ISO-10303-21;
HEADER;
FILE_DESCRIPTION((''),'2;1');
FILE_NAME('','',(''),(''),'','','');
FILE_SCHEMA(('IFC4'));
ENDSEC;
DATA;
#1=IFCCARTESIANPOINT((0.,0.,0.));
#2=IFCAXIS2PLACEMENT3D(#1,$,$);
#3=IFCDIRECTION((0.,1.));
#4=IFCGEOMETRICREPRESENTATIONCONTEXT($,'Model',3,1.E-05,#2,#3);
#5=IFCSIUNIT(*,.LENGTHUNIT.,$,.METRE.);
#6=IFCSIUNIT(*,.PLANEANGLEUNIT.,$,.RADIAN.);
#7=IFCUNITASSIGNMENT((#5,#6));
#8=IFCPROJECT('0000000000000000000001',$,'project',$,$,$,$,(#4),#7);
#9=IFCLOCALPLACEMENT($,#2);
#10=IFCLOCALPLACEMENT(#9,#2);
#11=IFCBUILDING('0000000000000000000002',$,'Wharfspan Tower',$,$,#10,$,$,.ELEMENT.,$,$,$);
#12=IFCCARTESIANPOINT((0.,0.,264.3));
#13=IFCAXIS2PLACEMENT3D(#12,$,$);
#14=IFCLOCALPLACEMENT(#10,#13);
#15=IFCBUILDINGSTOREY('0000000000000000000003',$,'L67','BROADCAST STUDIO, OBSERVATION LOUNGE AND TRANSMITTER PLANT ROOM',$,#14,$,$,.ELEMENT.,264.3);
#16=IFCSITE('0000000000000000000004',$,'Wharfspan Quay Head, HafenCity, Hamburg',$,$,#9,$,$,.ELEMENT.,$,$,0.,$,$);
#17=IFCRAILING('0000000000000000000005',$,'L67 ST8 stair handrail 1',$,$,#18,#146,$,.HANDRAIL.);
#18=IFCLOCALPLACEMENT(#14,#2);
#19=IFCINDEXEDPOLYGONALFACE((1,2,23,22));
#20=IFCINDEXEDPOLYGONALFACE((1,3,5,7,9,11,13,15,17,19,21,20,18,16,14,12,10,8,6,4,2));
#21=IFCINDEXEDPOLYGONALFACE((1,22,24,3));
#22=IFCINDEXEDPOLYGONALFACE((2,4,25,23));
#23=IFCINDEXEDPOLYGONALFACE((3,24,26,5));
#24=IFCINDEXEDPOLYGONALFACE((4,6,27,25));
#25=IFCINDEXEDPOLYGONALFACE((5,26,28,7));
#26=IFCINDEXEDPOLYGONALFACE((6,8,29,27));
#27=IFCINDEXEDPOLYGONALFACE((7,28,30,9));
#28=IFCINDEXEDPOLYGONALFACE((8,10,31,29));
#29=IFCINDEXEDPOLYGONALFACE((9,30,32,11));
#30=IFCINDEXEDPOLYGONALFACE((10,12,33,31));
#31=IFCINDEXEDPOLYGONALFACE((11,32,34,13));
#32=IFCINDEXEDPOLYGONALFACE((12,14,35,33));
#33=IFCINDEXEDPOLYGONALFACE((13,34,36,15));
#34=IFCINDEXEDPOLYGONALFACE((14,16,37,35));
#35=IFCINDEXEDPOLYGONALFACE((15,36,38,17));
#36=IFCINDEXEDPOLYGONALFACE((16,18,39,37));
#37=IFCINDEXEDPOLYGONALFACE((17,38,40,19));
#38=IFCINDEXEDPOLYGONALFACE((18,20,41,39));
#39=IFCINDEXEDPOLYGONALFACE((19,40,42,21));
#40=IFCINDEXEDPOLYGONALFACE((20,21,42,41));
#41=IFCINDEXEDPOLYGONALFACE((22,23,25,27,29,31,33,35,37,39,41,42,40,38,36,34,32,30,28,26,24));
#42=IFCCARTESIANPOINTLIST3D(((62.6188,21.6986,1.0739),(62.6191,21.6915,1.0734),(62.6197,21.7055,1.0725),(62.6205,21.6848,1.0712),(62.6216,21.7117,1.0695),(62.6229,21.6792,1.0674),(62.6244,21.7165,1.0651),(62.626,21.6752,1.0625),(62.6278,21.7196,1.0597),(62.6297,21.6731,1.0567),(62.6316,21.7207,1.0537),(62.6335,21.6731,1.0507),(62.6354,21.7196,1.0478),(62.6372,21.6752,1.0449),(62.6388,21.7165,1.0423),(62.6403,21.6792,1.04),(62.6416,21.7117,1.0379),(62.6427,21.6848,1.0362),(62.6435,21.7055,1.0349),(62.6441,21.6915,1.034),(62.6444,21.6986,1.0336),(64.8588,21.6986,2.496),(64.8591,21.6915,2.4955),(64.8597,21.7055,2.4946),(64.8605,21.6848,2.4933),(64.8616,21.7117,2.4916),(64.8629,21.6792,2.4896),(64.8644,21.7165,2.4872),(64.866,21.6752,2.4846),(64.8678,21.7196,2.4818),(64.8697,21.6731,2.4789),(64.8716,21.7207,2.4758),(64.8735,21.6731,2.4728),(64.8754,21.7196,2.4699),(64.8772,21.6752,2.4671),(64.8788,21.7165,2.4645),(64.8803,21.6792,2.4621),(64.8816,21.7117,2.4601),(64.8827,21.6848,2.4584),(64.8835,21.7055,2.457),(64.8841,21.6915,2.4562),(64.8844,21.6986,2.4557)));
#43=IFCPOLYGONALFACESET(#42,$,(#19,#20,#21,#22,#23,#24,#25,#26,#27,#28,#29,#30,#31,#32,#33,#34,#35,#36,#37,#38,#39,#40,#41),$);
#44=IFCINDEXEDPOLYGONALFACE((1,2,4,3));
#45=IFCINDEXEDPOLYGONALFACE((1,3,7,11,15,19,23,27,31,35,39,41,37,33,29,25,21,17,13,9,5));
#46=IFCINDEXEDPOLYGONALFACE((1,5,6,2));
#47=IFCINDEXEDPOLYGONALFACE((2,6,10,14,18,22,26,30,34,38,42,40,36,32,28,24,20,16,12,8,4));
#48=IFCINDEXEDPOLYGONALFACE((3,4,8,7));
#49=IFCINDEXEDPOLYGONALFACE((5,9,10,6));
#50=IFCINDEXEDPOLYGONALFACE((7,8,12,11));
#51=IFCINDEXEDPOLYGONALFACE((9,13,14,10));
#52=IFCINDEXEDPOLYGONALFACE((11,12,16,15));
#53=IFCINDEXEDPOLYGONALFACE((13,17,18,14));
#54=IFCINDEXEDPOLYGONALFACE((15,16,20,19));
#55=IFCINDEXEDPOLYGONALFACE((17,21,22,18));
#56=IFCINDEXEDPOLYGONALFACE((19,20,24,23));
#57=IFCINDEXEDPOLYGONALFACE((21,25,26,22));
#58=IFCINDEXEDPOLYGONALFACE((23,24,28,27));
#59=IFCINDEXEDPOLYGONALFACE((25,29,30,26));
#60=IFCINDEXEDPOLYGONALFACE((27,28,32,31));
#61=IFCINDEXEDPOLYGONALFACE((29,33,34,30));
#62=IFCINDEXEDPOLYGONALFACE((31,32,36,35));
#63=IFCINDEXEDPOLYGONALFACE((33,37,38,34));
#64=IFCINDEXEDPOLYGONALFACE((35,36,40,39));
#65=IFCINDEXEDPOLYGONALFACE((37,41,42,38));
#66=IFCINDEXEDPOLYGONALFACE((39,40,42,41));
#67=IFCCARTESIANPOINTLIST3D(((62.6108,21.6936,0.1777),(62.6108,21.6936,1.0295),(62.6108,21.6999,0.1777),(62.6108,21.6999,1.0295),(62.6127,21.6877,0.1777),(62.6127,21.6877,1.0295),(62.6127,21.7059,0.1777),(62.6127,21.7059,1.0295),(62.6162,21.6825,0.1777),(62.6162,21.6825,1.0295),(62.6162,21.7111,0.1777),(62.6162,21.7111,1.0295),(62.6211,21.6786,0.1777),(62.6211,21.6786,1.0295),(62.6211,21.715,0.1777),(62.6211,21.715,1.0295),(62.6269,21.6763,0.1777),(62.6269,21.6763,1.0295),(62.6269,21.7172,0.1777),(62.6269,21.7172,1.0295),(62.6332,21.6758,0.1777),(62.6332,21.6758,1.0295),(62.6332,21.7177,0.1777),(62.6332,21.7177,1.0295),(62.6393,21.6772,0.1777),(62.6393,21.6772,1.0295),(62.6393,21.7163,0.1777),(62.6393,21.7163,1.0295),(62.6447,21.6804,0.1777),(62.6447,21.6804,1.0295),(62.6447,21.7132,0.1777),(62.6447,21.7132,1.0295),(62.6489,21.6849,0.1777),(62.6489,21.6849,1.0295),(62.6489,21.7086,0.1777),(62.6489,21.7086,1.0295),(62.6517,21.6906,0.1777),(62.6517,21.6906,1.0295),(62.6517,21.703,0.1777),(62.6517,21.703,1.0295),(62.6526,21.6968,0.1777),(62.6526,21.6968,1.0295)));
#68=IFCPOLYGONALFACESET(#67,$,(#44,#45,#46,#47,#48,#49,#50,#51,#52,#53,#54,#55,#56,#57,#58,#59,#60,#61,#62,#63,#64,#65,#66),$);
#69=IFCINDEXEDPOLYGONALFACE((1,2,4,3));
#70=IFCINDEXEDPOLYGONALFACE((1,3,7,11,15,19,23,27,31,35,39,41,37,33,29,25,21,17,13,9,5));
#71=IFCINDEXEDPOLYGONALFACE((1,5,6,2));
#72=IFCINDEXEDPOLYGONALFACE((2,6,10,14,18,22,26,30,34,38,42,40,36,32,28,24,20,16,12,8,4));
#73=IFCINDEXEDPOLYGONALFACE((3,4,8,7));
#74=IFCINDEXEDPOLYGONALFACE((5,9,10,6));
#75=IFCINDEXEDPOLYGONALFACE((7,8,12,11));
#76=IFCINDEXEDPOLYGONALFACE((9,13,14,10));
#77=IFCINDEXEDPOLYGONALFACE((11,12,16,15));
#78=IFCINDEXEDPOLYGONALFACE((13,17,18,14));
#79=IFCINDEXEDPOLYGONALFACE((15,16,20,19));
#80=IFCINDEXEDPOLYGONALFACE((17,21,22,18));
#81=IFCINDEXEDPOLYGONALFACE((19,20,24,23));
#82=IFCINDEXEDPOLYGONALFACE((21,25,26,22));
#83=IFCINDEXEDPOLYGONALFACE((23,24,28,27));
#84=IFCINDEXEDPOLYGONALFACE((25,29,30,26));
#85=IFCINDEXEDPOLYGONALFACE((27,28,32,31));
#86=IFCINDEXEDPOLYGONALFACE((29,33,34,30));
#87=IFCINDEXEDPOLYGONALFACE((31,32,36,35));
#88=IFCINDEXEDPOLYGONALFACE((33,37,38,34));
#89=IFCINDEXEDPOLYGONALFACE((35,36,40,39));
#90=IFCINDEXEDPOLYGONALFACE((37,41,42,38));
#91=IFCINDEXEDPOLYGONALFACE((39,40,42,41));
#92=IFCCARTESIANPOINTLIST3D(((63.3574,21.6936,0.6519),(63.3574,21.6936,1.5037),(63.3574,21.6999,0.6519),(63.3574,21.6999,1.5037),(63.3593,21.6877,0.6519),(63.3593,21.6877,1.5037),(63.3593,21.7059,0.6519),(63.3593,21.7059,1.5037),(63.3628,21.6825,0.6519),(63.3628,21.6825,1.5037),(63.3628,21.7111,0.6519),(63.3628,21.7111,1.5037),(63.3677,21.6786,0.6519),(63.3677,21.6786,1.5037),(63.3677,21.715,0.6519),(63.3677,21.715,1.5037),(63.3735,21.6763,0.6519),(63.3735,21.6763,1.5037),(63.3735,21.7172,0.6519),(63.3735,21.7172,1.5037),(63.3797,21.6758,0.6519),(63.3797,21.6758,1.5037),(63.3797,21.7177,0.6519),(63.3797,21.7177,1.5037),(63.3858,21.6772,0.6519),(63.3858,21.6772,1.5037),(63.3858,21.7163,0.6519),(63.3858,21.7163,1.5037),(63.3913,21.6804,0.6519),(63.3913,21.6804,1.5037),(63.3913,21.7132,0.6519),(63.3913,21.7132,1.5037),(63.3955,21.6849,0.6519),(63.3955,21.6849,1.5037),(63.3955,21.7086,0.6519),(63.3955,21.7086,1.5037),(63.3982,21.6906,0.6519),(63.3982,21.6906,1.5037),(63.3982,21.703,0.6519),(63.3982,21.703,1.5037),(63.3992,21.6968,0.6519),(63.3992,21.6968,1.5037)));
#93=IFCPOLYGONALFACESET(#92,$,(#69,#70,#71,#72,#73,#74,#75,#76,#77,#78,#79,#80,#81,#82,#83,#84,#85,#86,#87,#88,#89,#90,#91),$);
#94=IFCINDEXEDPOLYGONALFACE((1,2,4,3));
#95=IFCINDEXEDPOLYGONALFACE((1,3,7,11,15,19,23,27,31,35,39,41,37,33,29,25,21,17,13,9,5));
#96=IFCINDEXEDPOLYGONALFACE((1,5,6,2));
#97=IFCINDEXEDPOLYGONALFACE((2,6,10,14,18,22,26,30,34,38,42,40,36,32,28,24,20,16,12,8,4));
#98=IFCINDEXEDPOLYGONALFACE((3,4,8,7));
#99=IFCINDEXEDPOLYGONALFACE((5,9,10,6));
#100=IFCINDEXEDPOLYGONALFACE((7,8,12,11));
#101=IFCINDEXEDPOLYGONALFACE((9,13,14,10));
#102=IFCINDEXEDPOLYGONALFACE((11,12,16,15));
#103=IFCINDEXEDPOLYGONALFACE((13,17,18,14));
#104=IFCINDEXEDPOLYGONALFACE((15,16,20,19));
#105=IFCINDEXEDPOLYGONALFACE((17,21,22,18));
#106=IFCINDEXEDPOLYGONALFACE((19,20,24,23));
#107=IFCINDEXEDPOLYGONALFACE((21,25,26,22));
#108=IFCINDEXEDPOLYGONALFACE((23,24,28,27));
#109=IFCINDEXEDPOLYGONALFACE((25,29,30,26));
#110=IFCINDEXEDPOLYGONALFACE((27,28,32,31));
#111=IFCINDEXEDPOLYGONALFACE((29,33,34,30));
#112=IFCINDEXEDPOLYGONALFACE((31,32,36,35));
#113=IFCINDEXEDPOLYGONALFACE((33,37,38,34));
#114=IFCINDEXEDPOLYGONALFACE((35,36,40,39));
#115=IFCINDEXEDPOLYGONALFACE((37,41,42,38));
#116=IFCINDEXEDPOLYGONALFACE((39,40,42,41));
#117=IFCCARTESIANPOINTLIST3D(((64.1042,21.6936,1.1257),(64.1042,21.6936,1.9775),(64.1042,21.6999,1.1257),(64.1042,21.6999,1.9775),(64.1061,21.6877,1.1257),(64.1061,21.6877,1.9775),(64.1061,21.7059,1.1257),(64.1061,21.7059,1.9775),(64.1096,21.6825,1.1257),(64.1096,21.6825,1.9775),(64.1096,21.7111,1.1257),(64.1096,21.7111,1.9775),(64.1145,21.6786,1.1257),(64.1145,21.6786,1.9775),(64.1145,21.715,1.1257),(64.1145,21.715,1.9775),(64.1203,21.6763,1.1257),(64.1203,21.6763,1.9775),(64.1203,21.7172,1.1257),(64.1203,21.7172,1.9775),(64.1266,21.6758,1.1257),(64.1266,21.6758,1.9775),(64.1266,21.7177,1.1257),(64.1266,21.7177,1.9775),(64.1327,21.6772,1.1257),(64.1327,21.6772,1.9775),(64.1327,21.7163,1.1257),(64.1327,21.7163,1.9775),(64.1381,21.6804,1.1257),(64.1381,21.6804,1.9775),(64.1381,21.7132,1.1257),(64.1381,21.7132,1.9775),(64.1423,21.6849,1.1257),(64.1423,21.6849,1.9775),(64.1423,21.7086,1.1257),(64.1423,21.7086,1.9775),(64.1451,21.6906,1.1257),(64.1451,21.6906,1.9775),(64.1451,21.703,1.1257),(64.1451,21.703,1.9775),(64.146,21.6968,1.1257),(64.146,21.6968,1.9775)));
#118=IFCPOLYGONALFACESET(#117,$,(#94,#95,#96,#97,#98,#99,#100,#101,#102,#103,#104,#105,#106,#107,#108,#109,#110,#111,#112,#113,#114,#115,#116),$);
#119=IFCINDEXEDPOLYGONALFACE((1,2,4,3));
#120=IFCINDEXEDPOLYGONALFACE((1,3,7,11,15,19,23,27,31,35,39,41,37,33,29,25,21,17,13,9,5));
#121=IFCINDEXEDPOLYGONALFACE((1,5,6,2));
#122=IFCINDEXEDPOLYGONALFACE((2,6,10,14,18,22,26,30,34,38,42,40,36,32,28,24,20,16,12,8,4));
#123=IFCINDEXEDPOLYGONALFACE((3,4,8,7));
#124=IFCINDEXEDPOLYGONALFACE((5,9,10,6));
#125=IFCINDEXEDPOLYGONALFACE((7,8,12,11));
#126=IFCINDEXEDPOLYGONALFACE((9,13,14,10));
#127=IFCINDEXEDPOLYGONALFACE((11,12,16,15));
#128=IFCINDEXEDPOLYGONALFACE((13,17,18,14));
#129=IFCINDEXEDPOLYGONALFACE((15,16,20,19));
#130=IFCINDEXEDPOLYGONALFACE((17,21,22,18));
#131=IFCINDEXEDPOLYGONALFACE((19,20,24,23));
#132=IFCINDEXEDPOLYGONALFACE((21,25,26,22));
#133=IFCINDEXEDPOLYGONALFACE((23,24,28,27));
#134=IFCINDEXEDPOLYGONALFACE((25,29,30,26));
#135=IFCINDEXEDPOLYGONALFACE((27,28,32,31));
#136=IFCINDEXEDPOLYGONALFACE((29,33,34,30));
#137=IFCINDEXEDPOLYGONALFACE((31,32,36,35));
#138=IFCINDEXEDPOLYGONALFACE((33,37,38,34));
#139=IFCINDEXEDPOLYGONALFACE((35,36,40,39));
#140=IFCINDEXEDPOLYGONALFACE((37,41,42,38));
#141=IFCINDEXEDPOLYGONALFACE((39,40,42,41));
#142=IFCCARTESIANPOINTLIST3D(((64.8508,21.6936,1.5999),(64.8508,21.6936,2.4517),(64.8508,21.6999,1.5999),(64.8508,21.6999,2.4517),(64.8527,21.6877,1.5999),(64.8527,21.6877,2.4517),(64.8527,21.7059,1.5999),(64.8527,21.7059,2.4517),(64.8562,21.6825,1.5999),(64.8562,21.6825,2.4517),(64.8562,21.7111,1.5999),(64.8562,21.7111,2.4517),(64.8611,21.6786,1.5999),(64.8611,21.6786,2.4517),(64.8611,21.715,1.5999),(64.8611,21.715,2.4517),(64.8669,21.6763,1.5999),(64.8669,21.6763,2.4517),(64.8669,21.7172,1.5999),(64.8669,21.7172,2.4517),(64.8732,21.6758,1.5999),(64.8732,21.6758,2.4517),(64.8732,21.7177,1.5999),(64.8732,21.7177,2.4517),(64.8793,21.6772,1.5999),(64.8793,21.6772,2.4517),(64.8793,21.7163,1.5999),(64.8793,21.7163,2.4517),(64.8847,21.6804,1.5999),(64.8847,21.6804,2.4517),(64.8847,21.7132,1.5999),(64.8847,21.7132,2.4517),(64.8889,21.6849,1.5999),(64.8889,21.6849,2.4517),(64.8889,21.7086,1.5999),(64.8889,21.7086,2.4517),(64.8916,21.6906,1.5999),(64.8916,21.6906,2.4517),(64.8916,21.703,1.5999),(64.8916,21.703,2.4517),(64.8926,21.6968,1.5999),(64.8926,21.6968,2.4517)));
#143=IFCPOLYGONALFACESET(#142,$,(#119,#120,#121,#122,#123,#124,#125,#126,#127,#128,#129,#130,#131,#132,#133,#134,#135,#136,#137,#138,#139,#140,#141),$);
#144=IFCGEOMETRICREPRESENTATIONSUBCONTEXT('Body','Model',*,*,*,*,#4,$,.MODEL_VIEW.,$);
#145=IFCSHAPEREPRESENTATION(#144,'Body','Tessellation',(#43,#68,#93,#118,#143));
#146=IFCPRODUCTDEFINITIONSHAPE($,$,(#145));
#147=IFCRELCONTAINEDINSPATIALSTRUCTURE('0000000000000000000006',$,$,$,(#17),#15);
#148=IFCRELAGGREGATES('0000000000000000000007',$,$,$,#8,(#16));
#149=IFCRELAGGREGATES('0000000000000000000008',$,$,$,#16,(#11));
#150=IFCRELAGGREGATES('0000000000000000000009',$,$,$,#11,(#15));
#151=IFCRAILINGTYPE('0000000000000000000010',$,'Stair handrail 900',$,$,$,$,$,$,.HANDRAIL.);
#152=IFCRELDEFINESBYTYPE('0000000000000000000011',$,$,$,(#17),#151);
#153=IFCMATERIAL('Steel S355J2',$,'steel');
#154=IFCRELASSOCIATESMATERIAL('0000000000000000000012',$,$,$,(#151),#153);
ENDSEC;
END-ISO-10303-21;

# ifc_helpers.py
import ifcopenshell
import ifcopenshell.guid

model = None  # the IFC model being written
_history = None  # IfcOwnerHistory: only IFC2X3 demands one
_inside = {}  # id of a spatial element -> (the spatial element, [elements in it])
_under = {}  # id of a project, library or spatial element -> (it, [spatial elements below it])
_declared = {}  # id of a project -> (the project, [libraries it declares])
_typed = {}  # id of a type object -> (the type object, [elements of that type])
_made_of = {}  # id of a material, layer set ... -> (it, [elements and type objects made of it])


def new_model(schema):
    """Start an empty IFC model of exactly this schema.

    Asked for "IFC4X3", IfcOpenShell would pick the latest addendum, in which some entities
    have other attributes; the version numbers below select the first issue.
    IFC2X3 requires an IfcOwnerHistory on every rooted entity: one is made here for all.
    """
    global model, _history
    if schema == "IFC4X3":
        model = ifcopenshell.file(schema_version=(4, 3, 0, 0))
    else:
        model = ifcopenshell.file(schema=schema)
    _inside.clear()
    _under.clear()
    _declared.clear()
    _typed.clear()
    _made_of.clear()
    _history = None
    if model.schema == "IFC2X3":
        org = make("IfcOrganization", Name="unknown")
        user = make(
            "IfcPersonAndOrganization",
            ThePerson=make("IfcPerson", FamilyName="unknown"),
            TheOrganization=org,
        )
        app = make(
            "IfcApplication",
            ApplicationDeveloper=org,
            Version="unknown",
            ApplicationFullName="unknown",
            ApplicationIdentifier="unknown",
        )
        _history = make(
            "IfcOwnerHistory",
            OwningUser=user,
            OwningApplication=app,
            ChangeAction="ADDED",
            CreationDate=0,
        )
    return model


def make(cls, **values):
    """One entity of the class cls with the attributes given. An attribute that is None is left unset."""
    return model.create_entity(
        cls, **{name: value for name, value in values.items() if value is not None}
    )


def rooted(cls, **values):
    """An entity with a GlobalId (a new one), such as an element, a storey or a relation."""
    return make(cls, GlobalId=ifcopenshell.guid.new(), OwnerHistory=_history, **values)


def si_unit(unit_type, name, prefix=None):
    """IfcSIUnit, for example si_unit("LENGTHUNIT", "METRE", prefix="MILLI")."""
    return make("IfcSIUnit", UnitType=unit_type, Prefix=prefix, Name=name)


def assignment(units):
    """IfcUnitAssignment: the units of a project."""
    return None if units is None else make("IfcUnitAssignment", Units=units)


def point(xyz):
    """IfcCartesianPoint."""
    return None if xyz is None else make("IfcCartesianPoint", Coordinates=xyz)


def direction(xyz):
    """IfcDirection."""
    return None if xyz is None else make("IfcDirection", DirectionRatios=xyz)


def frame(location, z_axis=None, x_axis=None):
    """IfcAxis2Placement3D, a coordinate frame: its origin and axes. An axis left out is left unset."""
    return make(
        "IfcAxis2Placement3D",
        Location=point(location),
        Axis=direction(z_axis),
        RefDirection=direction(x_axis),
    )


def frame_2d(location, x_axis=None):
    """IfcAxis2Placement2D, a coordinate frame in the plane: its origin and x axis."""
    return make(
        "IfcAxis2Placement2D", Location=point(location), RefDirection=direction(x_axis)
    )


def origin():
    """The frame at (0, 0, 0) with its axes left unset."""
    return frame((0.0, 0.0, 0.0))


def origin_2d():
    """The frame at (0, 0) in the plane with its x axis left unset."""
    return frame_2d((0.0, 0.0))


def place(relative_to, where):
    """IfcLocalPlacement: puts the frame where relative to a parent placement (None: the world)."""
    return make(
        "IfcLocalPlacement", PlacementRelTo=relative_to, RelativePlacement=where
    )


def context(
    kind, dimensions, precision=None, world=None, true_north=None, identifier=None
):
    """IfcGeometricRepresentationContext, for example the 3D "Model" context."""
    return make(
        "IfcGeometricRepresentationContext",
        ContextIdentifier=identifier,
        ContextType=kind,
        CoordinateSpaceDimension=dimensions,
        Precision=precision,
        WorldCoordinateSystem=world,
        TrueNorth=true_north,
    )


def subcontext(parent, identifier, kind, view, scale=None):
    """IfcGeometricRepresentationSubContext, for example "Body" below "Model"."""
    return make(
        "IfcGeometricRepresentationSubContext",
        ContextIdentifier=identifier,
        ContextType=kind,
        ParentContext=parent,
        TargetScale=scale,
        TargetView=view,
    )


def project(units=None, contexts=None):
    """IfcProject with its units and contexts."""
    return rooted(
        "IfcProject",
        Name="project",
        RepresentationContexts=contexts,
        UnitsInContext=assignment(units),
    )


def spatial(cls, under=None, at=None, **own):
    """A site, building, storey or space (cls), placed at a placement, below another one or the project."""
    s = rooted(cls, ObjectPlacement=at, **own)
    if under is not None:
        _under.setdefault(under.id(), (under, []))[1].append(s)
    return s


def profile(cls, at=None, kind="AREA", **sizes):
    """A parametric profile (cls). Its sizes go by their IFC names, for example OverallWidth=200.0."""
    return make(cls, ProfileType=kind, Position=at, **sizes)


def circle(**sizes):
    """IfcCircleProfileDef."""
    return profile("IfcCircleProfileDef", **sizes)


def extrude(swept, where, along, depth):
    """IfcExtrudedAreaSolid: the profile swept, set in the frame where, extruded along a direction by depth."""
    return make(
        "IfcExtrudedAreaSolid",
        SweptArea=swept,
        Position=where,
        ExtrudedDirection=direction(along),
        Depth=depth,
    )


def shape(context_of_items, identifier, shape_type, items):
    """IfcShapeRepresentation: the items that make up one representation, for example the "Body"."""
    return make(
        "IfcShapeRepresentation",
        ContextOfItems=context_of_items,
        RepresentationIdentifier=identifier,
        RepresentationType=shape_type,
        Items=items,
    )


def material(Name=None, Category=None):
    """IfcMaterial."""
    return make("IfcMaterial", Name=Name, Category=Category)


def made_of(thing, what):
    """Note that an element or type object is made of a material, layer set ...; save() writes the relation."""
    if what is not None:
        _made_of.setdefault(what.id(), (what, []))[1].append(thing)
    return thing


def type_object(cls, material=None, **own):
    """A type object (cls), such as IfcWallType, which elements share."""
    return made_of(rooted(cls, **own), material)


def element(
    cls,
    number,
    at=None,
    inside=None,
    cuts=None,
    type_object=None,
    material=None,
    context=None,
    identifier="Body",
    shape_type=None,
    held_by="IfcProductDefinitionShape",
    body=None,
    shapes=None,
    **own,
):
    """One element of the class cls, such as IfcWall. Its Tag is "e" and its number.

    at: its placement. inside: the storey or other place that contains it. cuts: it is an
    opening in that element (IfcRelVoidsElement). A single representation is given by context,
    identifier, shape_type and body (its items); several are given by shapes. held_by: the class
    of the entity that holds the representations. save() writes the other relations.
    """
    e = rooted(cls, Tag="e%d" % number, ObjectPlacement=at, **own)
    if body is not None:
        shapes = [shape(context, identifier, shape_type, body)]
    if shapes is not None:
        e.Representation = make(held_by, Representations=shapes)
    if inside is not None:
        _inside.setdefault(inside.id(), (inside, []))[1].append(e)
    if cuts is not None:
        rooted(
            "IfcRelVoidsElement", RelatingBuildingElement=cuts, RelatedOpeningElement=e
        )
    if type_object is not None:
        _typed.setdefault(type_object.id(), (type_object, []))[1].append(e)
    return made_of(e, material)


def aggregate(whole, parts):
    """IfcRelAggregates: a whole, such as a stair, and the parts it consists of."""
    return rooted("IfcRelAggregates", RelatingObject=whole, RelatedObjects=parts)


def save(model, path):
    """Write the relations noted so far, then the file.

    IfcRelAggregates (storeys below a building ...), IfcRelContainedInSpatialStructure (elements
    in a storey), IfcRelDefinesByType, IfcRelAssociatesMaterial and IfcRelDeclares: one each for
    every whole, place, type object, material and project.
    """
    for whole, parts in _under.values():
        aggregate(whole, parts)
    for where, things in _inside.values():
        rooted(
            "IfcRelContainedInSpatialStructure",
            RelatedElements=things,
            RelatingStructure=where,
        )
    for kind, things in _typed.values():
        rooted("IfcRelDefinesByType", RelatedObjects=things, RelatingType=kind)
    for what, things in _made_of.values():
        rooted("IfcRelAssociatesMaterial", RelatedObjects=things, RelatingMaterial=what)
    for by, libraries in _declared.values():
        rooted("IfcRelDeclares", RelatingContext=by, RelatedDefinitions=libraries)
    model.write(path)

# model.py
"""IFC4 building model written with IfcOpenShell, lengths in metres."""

from ifc_helpers import new_model, si_unit, direction, frame, origin, origin_2d, place, context, subcontext, project, spatial, circle, extrude, material, type_object, element, save


model = new_model("IFC4")

# Units and contexts
model_context = context("Model", 3, precision=1e-05, world=origin(), true_north=direction((0.0, 1.0)))
body_context = subcontext(model_context, "Body", "Model", "MODEL_VIEW")
ifc_project = project(units=[si_unit("LENGTHUNIT", "METRE"), si_unit("PLANEANGLEUNIT", "RADIAN")], contexts=[model_context])

# Site, building, storey
site_placement = place(None, origin())
site = spatial("IfcSite", under=ifc_project, at=site_placement, Name="Wharfspan Quay Head, HafenCity, Hamburg", CompositionType="ELEMENT", RefElevation=0.0)
building_placement = place(site_placement, origin())
building = spatial("IfcBuilding", under=site, at=building_placement, Name="Wharfspan Tower", CompositionType="ELEMENT")
storey_placement = place(building_placement, frame((0.0, 0.0, 264.3)))
storey = spatial("IfcBuildingStorey", under=building, at=storey_placement, Name="L67", Description="BROADCAST STUDIO, OBSERVATION LOUNGE AND TRANSMITTER PLANT ROOM", CompositionType="ELEMENT", Elevation=264.3)

# Shared definitions
ifc_material_1 = material(Name="Steel S355J2", Category="steel")

# Railing
railing_type_1 = type_object("IfcRailingType", Name="Stair handrail 900", PredefinedType="HANDRAIL", material=ifc_material_1)
railing_1_placement = place(storey_placement, frame((62.6316, 21.6968, 0.1777)))
element("IfcRailing", 1, at=railing_1_placement, inside=storey, type_object=railing_type_1, Name="L67 ST8 stair handrail 1", PredefinedType="HANDRAIL", context=body_context, shape_type="SweptSolid", body=[
    extrude(circle(Radius=0.0239, at=origin_2d()), frame((0.0, 0.0, 0.876), z_axis=(0.844229, 0.0, 0.535982), x_axis=(0.0, 1.0, 0.0)), (0.0, 0.0, 1.0), 2.6533),
    extrude(circle(Radius=0.021, at=origin_2d()), origin(), (0.0, 0.0, 1.0), 0.8518),
    extrude(circle(Radius=0.021, at=origin_2d()), frame((0.7466, 0.0, 0.4741)), (0.0, 0.0, 1.0), 0.8518),
    extrude(circle(Radius=0.021, at=origin_2d()), frame((1.4934, 0.0, 0.948)), (0.0, 0.0, 1.0), 0.8518),
    extrude(circle(Radius=0.021, at=origin_2d()), frame((2.24, 0.0, 1.4221)), (0.0, 0.0, 1.0), 0.8518),
])

save(model, "model.ifc")
